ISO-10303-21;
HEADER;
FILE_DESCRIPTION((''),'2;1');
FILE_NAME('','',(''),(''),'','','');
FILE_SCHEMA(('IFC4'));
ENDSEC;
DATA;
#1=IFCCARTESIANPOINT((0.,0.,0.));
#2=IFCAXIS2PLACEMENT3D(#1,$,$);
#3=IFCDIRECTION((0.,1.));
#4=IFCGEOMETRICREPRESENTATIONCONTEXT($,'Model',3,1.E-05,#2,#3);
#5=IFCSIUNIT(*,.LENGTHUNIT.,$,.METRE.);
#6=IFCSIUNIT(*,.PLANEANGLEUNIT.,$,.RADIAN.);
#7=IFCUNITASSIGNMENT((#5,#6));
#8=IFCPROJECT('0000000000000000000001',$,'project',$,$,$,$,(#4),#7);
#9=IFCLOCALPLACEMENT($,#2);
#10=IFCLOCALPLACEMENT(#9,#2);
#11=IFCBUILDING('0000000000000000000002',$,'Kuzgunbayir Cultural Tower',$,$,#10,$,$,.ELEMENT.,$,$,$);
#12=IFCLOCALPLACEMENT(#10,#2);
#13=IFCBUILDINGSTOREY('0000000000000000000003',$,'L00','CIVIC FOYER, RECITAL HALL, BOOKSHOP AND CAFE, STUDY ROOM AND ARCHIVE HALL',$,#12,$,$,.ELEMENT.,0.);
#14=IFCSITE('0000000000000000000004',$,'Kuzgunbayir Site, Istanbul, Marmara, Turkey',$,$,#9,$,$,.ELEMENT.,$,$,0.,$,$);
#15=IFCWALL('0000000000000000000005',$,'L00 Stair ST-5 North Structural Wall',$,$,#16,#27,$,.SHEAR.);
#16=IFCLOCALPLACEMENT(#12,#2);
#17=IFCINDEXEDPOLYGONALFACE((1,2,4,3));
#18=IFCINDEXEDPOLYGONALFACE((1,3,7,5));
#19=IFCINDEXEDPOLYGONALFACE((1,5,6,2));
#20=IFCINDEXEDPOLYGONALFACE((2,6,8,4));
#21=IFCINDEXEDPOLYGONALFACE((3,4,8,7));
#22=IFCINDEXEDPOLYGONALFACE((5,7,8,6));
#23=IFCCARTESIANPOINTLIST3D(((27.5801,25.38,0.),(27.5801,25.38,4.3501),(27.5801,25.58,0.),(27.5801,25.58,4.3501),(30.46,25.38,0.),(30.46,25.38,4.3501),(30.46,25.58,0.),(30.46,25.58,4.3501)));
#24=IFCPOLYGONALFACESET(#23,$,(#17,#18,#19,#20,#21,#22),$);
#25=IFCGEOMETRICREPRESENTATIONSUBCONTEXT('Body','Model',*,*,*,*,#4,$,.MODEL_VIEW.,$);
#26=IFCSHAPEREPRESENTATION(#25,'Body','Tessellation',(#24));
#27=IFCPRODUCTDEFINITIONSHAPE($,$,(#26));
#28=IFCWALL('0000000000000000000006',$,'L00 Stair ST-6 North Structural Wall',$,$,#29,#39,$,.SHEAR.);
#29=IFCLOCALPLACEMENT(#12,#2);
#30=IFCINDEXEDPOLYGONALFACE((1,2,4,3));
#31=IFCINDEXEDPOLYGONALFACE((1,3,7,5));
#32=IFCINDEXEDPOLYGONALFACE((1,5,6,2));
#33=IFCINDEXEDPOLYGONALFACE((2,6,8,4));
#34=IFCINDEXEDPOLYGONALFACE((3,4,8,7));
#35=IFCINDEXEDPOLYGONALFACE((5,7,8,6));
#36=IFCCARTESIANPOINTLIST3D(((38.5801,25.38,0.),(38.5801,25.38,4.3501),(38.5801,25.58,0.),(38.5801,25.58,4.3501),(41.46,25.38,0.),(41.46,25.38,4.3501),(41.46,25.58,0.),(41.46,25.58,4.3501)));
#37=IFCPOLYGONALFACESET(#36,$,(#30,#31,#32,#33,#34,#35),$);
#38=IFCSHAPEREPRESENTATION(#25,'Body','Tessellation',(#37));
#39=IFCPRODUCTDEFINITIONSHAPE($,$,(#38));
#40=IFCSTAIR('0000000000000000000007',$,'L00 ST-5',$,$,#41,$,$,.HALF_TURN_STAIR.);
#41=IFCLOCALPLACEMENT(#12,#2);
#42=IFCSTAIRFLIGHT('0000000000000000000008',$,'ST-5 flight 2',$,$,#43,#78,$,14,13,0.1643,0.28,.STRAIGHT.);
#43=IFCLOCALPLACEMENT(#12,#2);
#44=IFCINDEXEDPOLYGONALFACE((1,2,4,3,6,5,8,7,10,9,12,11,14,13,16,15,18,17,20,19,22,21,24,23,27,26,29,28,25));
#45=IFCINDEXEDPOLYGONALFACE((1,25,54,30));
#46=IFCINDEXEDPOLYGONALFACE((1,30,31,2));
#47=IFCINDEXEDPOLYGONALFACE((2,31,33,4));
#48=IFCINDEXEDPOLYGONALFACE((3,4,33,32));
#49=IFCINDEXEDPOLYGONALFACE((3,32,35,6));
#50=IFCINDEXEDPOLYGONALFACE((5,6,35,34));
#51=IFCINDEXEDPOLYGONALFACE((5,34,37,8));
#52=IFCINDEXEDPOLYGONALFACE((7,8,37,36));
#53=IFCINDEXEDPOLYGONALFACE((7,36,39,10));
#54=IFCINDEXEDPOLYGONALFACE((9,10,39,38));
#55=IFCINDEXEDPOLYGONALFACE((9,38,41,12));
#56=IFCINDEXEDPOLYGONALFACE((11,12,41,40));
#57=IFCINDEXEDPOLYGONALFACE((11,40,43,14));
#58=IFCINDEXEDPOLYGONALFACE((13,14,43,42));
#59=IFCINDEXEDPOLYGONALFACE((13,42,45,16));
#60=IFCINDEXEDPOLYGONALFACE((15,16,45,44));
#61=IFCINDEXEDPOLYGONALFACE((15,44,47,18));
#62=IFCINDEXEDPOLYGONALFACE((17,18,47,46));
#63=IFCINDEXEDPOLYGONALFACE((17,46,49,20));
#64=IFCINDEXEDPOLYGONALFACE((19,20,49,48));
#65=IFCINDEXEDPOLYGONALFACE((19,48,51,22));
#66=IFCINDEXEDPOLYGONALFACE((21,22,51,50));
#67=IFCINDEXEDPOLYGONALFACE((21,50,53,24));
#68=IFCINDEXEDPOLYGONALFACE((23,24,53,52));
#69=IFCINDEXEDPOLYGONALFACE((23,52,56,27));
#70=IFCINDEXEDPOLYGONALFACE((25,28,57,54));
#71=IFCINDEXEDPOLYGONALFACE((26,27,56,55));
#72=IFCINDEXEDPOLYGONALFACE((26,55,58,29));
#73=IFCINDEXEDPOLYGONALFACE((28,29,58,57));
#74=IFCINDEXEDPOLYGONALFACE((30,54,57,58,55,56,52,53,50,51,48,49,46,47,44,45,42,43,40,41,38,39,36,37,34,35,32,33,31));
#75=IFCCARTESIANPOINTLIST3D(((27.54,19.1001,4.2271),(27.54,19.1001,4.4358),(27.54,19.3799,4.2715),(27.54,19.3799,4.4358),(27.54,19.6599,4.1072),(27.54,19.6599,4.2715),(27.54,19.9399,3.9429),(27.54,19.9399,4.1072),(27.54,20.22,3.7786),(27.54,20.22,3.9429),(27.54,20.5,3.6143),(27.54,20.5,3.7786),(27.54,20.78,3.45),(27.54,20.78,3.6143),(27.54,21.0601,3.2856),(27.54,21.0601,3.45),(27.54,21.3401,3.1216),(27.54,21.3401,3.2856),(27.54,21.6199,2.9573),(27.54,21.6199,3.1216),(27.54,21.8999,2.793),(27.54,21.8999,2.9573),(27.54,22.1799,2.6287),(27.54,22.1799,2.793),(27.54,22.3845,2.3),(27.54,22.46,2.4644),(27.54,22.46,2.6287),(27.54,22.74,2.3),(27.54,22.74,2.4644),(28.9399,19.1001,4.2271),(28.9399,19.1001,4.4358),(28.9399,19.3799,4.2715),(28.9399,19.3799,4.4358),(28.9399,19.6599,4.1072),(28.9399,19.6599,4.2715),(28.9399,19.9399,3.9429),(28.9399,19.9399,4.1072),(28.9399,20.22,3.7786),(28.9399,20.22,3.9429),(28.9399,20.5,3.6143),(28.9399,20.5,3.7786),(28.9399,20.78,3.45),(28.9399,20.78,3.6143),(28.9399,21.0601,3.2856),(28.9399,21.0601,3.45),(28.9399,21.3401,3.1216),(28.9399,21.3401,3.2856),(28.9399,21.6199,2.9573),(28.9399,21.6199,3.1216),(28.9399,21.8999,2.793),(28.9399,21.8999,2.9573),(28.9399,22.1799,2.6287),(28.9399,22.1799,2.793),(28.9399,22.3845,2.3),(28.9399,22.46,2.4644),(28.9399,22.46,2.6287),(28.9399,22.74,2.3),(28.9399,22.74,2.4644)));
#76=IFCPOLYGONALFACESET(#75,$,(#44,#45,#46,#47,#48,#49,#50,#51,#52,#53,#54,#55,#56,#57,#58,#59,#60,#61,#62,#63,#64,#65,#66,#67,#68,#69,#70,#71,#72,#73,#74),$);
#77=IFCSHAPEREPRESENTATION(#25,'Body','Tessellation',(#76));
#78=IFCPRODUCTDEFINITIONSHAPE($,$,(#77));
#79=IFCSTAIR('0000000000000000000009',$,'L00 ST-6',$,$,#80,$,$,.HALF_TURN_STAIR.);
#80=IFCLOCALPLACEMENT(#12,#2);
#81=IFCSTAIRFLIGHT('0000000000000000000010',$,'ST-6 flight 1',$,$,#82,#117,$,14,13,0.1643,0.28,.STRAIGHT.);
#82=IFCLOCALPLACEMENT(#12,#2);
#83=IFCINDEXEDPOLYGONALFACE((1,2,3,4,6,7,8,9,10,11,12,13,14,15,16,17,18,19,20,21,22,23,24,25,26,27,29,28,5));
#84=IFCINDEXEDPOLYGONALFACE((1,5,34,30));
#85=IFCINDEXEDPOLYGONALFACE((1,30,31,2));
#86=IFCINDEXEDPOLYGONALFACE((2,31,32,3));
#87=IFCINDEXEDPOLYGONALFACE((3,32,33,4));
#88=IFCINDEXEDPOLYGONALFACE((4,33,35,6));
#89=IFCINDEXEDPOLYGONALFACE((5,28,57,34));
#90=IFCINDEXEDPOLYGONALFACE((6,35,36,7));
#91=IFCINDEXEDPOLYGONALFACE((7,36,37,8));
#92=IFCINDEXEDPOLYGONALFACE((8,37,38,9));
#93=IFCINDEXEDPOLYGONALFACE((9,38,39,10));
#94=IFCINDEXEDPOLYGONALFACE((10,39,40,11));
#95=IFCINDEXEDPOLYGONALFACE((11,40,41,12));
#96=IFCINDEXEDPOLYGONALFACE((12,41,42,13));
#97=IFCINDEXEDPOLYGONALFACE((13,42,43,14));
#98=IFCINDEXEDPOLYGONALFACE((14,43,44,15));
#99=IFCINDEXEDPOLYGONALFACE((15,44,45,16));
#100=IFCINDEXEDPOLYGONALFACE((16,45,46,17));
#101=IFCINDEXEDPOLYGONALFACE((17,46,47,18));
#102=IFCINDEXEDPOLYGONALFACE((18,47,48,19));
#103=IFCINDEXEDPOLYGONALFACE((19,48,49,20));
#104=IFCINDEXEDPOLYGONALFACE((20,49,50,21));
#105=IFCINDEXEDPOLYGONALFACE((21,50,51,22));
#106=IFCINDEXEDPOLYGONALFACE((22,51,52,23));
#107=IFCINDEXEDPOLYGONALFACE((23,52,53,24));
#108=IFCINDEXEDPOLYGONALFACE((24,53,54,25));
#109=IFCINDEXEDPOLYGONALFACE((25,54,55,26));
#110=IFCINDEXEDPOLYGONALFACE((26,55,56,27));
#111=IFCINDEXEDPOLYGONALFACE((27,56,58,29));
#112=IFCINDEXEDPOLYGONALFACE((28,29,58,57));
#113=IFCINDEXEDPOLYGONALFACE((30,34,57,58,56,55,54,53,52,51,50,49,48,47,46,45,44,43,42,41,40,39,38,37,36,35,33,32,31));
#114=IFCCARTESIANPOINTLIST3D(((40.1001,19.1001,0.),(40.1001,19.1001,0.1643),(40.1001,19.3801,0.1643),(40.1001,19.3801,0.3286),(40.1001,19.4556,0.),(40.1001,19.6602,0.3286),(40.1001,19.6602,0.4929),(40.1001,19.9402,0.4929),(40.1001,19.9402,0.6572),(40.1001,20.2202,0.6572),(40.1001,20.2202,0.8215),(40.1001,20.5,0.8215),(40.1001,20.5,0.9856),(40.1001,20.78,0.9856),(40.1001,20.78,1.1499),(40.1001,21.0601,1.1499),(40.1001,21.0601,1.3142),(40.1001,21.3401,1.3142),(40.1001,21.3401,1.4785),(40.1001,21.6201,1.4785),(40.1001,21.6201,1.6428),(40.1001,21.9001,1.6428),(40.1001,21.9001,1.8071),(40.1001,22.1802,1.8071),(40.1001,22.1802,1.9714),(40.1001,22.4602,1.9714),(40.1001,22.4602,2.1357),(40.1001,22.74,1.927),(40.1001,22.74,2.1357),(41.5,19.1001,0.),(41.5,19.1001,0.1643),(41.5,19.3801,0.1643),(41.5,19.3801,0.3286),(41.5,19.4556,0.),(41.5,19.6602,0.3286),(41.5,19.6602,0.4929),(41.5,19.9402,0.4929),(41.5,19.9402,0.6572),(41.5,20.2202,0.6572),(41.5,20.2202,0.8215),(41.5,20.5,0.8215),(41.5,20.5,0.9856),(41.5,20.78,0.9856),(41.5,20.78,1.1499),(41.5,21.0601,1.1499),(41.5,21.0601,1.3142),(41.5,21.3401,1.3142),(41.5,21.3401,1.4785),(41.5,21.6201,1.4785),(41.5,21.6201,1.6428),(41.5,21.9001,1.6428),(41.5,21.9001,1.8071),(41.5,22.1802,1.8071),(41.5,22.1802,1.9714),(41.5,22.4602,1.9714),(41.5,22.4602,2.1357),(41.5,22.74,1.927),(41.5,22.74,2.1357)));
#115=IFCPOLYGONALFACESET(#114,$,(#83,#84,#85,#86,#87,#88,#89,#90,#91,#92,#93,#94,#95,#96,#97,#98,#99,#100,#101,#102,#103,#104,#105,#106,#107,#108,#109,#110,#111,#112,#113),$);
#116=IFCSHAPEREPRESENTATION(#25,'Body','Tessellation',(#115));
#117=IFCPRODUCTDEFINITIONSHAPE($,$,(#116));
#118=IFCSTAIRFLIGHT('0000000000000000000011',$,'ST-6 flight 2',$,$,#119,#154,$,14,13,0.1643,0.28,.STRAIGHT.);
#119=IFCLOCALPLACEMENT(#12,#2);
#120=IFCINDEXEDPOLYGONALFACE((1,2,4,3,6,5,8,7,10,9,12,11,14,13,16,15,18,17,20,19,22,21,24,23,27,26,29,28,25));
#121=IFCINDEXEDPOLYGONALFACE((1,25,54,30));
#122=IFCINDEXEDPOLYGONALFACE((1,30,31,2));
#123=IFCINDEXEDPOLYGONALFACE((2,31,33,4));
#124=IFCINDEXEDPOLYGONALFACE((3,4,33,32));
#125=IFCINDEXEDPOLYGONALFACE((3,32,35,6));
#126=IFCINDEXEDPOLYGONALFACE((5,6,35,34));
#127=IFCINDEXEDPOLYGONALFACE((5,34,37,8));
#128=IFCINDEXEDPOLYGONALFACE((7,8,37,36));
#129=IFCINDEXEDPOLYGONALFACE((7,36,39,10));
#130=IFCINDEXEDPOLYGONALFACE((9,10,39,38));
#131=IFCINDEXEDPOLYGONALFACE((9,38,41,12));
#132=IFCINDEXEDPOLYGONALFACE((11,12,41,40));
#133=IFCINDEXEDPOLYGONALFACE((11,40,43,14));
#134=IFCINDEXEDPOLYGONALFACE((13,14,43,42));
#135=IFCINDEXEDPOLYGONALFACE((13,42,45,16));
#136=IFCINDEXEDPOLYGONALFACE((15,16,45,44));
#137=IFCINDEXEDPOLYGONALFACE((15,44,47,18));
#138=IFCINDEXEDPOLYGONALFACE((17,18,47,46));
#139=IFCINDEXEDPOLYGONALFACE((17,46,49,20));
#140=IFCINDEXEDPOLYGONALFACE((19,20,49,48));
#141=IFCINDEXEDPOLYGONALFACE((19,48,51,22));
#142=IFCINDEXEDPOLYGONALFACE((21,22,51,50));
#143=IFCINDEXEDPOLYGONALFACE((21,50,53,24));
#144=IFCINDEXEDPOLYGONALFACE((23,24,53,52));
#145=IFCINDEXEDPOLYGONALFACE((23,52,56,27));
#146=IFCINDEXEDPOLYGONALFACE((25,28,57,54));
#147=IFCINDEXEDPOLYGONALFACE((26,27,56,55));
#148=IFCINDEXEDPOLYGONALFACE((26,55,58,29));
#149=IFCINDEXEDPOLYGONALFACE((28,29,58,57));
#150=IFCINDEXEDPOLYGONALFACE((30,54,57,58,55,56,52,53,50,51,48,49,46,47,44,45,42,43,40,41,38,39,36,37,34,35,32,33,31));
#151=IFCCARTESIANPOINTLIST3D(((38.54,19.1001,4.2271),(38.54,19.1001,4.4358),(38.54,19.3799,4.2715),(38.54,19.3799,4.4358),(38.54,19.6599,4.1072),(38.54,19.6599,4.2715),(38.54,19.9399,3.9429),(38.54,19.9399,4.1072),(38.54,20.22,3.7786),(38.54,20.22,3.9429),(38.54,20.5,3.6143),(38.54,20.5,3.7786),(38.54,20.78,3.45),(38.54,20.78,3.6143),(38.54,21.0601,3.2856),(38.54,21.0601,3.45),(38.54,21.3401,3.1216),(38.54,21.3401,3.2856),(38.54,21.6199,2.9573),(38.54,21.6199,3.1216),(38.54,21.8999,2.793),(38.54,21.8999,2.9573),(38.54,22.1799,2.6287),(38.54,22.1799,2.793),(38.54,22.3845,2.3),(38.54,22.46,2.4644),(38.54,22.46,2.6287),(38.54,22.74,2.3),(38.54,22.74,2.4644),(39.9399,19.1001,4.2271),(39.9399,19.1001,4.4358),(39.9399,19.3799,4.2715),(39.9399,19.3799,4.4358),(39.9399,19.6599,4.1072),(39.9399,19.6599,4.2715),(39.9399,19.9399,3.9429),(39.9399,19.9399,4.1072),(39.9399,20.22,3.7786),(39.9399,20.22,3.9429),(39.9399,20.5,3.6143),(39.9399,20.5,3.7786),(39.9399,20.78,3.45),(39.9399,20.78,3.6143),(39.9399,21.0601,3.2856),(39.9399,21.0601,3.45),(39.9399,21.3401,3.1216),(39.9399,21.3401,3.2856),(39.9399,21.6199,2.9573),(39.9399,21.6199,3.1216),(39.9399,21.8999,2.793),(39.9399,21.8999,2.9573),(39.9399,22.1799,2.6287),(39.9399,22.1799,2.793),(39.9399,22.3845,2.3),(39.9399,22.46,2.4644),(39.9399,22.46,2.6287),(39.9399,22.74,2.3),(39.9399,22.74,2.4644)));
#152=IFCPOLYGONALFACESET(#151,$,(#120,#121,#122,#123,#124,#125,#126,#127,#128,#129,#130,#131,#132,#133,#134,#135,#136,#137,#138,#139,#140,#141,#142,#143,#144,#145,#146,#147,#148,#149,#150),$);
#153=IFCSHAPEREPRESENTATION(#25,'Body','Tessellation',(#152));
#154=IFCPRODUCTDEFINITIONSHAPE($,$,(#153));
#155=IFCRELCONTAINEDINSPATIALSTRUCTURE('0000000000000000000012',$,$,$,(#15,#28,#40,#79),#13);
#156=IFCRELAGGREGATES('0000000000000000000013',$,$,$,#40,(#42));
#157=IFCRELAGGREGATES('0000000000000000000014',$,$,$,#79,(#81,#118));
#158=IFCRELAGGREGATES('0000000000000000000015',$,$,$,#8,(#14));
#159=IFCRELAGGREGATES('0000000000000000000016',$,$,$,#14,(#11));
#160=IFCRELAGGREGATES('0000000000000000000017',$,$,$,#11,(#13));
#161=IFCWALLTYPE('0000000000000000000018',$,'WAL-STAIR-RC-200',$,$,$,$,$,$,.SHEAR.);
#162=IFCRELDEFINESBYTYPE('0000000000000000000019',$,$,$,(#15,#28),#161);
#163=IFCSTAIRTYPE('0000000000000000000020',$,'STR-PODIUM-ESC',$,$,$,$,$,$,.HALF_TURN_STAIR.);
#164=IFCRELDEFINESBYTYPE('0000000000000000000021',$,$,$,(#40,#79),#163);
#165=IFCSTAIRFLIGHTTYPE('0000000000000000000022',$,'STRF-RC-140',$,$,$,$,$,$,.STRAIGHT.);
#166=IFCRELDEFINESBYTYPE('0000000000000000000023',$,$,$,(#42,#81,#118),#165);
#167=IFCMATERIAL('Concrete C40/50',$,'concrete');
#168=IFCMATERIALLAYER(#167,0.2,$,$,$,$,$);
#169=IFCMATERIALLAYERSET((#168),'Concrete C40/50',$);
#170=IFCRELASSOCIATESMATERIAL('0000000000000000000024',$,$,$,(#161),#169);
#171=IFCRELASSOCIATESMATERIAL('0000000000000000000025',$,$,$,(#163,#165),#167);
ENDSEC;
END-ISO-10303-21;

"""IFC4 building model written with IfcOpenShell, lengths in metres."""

from ifc_helpers import new_model, si_unit, direction, frame, frame_2d, origin, place, context, subcontext, project, spatial, polyline, rectangle, outline, extrude, material, layer, layer_set, type_object, element, aggregate, save


model = new_model("IFC4")

# Units and contexts
model_context = context("Model", 3, precision=1e-05, world=origin(), true_north=direction((0.0, 1.0)))
body_context = subcontext(model_context, "Body", "Model", "MODEL_VIEW")
ifc_project = project(units=[si_unit("LENGTHUNIT", "METRE"), si_unit("PLANEANGLEUNIT", "RADIAN")], contexts=[model_context])

# Site, building, storey
site_placement = place(None, origin())
site = spatial("IfcSite", under=ifc_project, at=site_placement, Name="Kuzgunbayir Site, Istanbul, Marmara, Turkey", CompositionType="ELEMENT", RefElevation=0.0)
building_placement = place(site_placement, origin())
building = spatial("IfcBuilding", under=site, at=building_placement, Name="Kuzgunbayir Cultural Tower", CompositionType="ELEMENT")
storey_placement = place(building_placement, origin())
storey = spatial("IfcBuildingStorey", under=building, at=storey_placement, Name="L00", Description="CIVIC FOYER, RECITAL HALL, BOOKSHOP AND CAFE, STUDY ROOM AND ARCHIVE HALL", CompositionType="ELEMENT", Elevation=0.0)

# Walls
ifc_material_1 = material(Name="Concrete C40/50", Category="concrete")
ifc_layer_1 = layer(ifc_material_1, 0.2)
ifc_layer_set_1 = layer_set([ifc_layer_1], Name="Concrete C40/50")
wall_type_1 = type_object("IfcWallType", Name="WAL-STAIR-RC-200", PredefinedType="SHEAR", material=ifc_layer_set_1)
for number, where, z_axis, x_axis, name in (
    (1, (27.5801, 25.48, 0.0), (0.0, 0.0, 1.0), (1.0, 0.0, 0.0), "L00 Stair ST-5 North Structural Wall"),
    (2, (38.5801, 25.48, 0.0), (0.0, 0.0, 1.0), (1.0, 0.0, 0.0), "L00 Stair ST-6 North Structural Wall"),
):
    element("IfcWall", number, at=place(storey_placement, frame(where, z_axis=z_axis, x_axis=x_axis)), inside=storey, type_object=wall_type_1, Name=name, PredefinedType="SHEAR", context=body_context, shape_type="SweptSolid", body=[
        extrude(rectangle(XDim=2.8799, YDim=0.2, at=frame_2d((1.4399, 0.0))), origin(), (0.0, 0.0, 1.0), 4.3501),
    ])

# Stair, stair flight
stair_type = type_object("IfcStairType", Name="STR-PODIUM-ESC", PredefinedType="HALF_TURN_STAIR", material=ifc_material_1)
stair_1_placement = place(storey_placement, origin())
stair_1 = element("IfcStair", 3, at=stair_1_placement, inside=storey, type_object=stair_type, Name="L00 ST-5", PredefinedType="HALF_TURN_STAIR")
stair_flight_type = type_object("IfcStairFlightType", Name="STRF-RC-140", PredefinedType="STRAIGHT", material=ifc_material_1)
stair_flight_1_placement = place(storey_placement, frame((28.24, 22.74, 2.3), z_axis=(0.0, 0.0, 1.0), x_axis=(0.0, -1.0, 0.0)))
stair_flight_1 = element("IfcStairFlight", 4, at=stair_flight_1_placement, type_object=stair_flight_type, Name="ST-5 flight 2", NumberOfRisers=14, NumberOfTreads=13, PredefinedType="STRAIGHT", RiserHeight=0.1643, TreadLength=0.28, context=body_context, shape_type="SweptSolid", body=[
    extrude(outline(polyline([(0.0, 0.0), (0.0, 0.1643), (0.28, 0.1643), (0.28, 0.3286), (0.5601, 0.3286), (0.5601, 0.4929), (0.8401, 0.4929), (0.8401, 0.6572), (1.1201, 0.6572), (1.1201, 0.8215), (1.3999, 0.8215), (1.3999, 0.9856), (1.6799, 0.9856), (1.6799, 1.1499), (1.96, 1.1499), (1.96, 1.3142), (2.24, 1.3142), (2.24, 1.4785), (2.52, 1.4785), (2.52, 1.6428), (2.8, 1.6428), (2.8, 1.8071), (3.0801, 1.8071), (3.0801, 1.9714), (3.3601, 1.9714), (3.3601, 2.1357), (3.6399, 2.1357), (3.6399, 2.3), (3.6399, 1.927), (0.3555, 0.0), (0.0, 0.0)])), frame((0.0, 0.7, 0.0), z_axis=(0.0, -1.0, 0.0), x_axis=(1.0, 0.0, 0.0)), (0.0, 0.0, 1.0), 1.3999),
])
aggregate(stair_1, [stair_flight_1])

# Stair, stair flights
stair_2_placement = place(storey_placement, origin())
stair_2 = element("IfcStair", 5, at=stair_2_placement, inside=storey, type_object=stair_type, Name="L00 ST-6", PredefinedType="HALF_TURN_STAIR")
stair_flight_2_placement = place(storey_placement, frame((40.8, 19.1001, 0.0), z_axis=(0.0, 0.0, 1.0), x_axis=(0.0, 1.0, 0.0)))
stair_flight_2 = element("IfcStairFlight", 6, at=stair_flight_2_placement, type_object=stair_flight_type, Name="ST-6 flight 1", NumberOfRisers=14, NumberOfTreads=13, PredefinedType="STRAIGHT", RiserHeight=0.1643, TreadLength=0.28, context=body_context, shape_type="SweptSolid", body=[
    extrude(outline(polyline([(0.0, 0.0), (0.0, 0.1643), (0.28, 0.1643), (0.28, 0.3286), (0.5601, 0.3286), (0.5601, 0.4929), (0.8401, 0.4929), (0.8401, 0.6572), (1.1201, 0.6572), (1.1201, 0.8215), (1.3999, 0.8215), (1.3999, 0.9856), (1.6799, 0.9856), (1.6799, 1.1499), (1.96, 1.1499), (1.96, 1.3142), (2.24, 1.3142), (2.24, 1.4785), (2.52, 1.4785), (2.52, 1.6428), (2.8, 1.6428), (2.8, 1.8071), (3.0801, 1.8071), (3.0801, 1.9714), (3.3601, 1.9714), (3.3601, 2.1357), (3.6399, 2.1357), (3.6399, 2.3), (3.6399, 1.927), (0.3555, 0.0), (0.0, 0.0)])), frame((0.0, 0.7, 0.0), z_axis=(0.0, -1.0, 0.0), x_axis=(1.0, 0.0, 0.0)), (0.0, 0.0, 1.0), 1.3999),
])
stair_flight_3_placement = place(storey_placement, frame((39.24, 22.74, 2.3), z_axis=(0.0, 0.0, 1.0), x_axis=(0.0, -1.0, 0.0)))
stair_flight_3 = element("IfcStairFlight", 7, at=stair_flight_3_placement, type_object=stair_flight_type, Name="ST-6 flight 2", NumberOfRisers=14, NumberOfTreads=13, PredefinedType="STRAIGHT", RiserHeight=0.1643, TreadLength=0.28, context=body_context, shape_type="SweptSolid", body=[
    extrude(outline(polyline([(0.0, 0.0), (0.0, 0.1643), (0.28, 0.1643), (0.28, 0.3286), (0.5601, 0.3286), (0.5601, 0.4929), (0.8401, 0.4929), (0.8401, 0.6572), (1.1201, 0.6572), (1.1201, 0.8215), (1.3999, 0.8215), (1.3999, 0.9856), (1.6799, 0.9856), (1.6799, 1.1499), (1.96, 1.1499), (1.96, 1.3142), (2.24, 1.3142), (2.24, 1.4785), (2.52, 1.4785), (2.52, 1.6428), (2.8, 1.6428), (2.8, 1.8071), (3.0801, 1.8071), (3.0801, 1.9714), (3.3601, 1.9714), (3.3601, 2.1357), (3.6399, 2.1357), (3.6399, 2.3), (3.6399, 1.927), (0.3555, 0.0), (0.0, 0.0)])), frame((0.0, 0.7, 0.0), z_axis=(0.0, -1.0, 0.0), x_axis=(1.0, 0.0, 0.0)), (0.0, 0.0, 1.0), 1.3999),
])
aggregate(stair_2, [stair_flight_2, stair_flight_3])

save(model, "model.ifc")
